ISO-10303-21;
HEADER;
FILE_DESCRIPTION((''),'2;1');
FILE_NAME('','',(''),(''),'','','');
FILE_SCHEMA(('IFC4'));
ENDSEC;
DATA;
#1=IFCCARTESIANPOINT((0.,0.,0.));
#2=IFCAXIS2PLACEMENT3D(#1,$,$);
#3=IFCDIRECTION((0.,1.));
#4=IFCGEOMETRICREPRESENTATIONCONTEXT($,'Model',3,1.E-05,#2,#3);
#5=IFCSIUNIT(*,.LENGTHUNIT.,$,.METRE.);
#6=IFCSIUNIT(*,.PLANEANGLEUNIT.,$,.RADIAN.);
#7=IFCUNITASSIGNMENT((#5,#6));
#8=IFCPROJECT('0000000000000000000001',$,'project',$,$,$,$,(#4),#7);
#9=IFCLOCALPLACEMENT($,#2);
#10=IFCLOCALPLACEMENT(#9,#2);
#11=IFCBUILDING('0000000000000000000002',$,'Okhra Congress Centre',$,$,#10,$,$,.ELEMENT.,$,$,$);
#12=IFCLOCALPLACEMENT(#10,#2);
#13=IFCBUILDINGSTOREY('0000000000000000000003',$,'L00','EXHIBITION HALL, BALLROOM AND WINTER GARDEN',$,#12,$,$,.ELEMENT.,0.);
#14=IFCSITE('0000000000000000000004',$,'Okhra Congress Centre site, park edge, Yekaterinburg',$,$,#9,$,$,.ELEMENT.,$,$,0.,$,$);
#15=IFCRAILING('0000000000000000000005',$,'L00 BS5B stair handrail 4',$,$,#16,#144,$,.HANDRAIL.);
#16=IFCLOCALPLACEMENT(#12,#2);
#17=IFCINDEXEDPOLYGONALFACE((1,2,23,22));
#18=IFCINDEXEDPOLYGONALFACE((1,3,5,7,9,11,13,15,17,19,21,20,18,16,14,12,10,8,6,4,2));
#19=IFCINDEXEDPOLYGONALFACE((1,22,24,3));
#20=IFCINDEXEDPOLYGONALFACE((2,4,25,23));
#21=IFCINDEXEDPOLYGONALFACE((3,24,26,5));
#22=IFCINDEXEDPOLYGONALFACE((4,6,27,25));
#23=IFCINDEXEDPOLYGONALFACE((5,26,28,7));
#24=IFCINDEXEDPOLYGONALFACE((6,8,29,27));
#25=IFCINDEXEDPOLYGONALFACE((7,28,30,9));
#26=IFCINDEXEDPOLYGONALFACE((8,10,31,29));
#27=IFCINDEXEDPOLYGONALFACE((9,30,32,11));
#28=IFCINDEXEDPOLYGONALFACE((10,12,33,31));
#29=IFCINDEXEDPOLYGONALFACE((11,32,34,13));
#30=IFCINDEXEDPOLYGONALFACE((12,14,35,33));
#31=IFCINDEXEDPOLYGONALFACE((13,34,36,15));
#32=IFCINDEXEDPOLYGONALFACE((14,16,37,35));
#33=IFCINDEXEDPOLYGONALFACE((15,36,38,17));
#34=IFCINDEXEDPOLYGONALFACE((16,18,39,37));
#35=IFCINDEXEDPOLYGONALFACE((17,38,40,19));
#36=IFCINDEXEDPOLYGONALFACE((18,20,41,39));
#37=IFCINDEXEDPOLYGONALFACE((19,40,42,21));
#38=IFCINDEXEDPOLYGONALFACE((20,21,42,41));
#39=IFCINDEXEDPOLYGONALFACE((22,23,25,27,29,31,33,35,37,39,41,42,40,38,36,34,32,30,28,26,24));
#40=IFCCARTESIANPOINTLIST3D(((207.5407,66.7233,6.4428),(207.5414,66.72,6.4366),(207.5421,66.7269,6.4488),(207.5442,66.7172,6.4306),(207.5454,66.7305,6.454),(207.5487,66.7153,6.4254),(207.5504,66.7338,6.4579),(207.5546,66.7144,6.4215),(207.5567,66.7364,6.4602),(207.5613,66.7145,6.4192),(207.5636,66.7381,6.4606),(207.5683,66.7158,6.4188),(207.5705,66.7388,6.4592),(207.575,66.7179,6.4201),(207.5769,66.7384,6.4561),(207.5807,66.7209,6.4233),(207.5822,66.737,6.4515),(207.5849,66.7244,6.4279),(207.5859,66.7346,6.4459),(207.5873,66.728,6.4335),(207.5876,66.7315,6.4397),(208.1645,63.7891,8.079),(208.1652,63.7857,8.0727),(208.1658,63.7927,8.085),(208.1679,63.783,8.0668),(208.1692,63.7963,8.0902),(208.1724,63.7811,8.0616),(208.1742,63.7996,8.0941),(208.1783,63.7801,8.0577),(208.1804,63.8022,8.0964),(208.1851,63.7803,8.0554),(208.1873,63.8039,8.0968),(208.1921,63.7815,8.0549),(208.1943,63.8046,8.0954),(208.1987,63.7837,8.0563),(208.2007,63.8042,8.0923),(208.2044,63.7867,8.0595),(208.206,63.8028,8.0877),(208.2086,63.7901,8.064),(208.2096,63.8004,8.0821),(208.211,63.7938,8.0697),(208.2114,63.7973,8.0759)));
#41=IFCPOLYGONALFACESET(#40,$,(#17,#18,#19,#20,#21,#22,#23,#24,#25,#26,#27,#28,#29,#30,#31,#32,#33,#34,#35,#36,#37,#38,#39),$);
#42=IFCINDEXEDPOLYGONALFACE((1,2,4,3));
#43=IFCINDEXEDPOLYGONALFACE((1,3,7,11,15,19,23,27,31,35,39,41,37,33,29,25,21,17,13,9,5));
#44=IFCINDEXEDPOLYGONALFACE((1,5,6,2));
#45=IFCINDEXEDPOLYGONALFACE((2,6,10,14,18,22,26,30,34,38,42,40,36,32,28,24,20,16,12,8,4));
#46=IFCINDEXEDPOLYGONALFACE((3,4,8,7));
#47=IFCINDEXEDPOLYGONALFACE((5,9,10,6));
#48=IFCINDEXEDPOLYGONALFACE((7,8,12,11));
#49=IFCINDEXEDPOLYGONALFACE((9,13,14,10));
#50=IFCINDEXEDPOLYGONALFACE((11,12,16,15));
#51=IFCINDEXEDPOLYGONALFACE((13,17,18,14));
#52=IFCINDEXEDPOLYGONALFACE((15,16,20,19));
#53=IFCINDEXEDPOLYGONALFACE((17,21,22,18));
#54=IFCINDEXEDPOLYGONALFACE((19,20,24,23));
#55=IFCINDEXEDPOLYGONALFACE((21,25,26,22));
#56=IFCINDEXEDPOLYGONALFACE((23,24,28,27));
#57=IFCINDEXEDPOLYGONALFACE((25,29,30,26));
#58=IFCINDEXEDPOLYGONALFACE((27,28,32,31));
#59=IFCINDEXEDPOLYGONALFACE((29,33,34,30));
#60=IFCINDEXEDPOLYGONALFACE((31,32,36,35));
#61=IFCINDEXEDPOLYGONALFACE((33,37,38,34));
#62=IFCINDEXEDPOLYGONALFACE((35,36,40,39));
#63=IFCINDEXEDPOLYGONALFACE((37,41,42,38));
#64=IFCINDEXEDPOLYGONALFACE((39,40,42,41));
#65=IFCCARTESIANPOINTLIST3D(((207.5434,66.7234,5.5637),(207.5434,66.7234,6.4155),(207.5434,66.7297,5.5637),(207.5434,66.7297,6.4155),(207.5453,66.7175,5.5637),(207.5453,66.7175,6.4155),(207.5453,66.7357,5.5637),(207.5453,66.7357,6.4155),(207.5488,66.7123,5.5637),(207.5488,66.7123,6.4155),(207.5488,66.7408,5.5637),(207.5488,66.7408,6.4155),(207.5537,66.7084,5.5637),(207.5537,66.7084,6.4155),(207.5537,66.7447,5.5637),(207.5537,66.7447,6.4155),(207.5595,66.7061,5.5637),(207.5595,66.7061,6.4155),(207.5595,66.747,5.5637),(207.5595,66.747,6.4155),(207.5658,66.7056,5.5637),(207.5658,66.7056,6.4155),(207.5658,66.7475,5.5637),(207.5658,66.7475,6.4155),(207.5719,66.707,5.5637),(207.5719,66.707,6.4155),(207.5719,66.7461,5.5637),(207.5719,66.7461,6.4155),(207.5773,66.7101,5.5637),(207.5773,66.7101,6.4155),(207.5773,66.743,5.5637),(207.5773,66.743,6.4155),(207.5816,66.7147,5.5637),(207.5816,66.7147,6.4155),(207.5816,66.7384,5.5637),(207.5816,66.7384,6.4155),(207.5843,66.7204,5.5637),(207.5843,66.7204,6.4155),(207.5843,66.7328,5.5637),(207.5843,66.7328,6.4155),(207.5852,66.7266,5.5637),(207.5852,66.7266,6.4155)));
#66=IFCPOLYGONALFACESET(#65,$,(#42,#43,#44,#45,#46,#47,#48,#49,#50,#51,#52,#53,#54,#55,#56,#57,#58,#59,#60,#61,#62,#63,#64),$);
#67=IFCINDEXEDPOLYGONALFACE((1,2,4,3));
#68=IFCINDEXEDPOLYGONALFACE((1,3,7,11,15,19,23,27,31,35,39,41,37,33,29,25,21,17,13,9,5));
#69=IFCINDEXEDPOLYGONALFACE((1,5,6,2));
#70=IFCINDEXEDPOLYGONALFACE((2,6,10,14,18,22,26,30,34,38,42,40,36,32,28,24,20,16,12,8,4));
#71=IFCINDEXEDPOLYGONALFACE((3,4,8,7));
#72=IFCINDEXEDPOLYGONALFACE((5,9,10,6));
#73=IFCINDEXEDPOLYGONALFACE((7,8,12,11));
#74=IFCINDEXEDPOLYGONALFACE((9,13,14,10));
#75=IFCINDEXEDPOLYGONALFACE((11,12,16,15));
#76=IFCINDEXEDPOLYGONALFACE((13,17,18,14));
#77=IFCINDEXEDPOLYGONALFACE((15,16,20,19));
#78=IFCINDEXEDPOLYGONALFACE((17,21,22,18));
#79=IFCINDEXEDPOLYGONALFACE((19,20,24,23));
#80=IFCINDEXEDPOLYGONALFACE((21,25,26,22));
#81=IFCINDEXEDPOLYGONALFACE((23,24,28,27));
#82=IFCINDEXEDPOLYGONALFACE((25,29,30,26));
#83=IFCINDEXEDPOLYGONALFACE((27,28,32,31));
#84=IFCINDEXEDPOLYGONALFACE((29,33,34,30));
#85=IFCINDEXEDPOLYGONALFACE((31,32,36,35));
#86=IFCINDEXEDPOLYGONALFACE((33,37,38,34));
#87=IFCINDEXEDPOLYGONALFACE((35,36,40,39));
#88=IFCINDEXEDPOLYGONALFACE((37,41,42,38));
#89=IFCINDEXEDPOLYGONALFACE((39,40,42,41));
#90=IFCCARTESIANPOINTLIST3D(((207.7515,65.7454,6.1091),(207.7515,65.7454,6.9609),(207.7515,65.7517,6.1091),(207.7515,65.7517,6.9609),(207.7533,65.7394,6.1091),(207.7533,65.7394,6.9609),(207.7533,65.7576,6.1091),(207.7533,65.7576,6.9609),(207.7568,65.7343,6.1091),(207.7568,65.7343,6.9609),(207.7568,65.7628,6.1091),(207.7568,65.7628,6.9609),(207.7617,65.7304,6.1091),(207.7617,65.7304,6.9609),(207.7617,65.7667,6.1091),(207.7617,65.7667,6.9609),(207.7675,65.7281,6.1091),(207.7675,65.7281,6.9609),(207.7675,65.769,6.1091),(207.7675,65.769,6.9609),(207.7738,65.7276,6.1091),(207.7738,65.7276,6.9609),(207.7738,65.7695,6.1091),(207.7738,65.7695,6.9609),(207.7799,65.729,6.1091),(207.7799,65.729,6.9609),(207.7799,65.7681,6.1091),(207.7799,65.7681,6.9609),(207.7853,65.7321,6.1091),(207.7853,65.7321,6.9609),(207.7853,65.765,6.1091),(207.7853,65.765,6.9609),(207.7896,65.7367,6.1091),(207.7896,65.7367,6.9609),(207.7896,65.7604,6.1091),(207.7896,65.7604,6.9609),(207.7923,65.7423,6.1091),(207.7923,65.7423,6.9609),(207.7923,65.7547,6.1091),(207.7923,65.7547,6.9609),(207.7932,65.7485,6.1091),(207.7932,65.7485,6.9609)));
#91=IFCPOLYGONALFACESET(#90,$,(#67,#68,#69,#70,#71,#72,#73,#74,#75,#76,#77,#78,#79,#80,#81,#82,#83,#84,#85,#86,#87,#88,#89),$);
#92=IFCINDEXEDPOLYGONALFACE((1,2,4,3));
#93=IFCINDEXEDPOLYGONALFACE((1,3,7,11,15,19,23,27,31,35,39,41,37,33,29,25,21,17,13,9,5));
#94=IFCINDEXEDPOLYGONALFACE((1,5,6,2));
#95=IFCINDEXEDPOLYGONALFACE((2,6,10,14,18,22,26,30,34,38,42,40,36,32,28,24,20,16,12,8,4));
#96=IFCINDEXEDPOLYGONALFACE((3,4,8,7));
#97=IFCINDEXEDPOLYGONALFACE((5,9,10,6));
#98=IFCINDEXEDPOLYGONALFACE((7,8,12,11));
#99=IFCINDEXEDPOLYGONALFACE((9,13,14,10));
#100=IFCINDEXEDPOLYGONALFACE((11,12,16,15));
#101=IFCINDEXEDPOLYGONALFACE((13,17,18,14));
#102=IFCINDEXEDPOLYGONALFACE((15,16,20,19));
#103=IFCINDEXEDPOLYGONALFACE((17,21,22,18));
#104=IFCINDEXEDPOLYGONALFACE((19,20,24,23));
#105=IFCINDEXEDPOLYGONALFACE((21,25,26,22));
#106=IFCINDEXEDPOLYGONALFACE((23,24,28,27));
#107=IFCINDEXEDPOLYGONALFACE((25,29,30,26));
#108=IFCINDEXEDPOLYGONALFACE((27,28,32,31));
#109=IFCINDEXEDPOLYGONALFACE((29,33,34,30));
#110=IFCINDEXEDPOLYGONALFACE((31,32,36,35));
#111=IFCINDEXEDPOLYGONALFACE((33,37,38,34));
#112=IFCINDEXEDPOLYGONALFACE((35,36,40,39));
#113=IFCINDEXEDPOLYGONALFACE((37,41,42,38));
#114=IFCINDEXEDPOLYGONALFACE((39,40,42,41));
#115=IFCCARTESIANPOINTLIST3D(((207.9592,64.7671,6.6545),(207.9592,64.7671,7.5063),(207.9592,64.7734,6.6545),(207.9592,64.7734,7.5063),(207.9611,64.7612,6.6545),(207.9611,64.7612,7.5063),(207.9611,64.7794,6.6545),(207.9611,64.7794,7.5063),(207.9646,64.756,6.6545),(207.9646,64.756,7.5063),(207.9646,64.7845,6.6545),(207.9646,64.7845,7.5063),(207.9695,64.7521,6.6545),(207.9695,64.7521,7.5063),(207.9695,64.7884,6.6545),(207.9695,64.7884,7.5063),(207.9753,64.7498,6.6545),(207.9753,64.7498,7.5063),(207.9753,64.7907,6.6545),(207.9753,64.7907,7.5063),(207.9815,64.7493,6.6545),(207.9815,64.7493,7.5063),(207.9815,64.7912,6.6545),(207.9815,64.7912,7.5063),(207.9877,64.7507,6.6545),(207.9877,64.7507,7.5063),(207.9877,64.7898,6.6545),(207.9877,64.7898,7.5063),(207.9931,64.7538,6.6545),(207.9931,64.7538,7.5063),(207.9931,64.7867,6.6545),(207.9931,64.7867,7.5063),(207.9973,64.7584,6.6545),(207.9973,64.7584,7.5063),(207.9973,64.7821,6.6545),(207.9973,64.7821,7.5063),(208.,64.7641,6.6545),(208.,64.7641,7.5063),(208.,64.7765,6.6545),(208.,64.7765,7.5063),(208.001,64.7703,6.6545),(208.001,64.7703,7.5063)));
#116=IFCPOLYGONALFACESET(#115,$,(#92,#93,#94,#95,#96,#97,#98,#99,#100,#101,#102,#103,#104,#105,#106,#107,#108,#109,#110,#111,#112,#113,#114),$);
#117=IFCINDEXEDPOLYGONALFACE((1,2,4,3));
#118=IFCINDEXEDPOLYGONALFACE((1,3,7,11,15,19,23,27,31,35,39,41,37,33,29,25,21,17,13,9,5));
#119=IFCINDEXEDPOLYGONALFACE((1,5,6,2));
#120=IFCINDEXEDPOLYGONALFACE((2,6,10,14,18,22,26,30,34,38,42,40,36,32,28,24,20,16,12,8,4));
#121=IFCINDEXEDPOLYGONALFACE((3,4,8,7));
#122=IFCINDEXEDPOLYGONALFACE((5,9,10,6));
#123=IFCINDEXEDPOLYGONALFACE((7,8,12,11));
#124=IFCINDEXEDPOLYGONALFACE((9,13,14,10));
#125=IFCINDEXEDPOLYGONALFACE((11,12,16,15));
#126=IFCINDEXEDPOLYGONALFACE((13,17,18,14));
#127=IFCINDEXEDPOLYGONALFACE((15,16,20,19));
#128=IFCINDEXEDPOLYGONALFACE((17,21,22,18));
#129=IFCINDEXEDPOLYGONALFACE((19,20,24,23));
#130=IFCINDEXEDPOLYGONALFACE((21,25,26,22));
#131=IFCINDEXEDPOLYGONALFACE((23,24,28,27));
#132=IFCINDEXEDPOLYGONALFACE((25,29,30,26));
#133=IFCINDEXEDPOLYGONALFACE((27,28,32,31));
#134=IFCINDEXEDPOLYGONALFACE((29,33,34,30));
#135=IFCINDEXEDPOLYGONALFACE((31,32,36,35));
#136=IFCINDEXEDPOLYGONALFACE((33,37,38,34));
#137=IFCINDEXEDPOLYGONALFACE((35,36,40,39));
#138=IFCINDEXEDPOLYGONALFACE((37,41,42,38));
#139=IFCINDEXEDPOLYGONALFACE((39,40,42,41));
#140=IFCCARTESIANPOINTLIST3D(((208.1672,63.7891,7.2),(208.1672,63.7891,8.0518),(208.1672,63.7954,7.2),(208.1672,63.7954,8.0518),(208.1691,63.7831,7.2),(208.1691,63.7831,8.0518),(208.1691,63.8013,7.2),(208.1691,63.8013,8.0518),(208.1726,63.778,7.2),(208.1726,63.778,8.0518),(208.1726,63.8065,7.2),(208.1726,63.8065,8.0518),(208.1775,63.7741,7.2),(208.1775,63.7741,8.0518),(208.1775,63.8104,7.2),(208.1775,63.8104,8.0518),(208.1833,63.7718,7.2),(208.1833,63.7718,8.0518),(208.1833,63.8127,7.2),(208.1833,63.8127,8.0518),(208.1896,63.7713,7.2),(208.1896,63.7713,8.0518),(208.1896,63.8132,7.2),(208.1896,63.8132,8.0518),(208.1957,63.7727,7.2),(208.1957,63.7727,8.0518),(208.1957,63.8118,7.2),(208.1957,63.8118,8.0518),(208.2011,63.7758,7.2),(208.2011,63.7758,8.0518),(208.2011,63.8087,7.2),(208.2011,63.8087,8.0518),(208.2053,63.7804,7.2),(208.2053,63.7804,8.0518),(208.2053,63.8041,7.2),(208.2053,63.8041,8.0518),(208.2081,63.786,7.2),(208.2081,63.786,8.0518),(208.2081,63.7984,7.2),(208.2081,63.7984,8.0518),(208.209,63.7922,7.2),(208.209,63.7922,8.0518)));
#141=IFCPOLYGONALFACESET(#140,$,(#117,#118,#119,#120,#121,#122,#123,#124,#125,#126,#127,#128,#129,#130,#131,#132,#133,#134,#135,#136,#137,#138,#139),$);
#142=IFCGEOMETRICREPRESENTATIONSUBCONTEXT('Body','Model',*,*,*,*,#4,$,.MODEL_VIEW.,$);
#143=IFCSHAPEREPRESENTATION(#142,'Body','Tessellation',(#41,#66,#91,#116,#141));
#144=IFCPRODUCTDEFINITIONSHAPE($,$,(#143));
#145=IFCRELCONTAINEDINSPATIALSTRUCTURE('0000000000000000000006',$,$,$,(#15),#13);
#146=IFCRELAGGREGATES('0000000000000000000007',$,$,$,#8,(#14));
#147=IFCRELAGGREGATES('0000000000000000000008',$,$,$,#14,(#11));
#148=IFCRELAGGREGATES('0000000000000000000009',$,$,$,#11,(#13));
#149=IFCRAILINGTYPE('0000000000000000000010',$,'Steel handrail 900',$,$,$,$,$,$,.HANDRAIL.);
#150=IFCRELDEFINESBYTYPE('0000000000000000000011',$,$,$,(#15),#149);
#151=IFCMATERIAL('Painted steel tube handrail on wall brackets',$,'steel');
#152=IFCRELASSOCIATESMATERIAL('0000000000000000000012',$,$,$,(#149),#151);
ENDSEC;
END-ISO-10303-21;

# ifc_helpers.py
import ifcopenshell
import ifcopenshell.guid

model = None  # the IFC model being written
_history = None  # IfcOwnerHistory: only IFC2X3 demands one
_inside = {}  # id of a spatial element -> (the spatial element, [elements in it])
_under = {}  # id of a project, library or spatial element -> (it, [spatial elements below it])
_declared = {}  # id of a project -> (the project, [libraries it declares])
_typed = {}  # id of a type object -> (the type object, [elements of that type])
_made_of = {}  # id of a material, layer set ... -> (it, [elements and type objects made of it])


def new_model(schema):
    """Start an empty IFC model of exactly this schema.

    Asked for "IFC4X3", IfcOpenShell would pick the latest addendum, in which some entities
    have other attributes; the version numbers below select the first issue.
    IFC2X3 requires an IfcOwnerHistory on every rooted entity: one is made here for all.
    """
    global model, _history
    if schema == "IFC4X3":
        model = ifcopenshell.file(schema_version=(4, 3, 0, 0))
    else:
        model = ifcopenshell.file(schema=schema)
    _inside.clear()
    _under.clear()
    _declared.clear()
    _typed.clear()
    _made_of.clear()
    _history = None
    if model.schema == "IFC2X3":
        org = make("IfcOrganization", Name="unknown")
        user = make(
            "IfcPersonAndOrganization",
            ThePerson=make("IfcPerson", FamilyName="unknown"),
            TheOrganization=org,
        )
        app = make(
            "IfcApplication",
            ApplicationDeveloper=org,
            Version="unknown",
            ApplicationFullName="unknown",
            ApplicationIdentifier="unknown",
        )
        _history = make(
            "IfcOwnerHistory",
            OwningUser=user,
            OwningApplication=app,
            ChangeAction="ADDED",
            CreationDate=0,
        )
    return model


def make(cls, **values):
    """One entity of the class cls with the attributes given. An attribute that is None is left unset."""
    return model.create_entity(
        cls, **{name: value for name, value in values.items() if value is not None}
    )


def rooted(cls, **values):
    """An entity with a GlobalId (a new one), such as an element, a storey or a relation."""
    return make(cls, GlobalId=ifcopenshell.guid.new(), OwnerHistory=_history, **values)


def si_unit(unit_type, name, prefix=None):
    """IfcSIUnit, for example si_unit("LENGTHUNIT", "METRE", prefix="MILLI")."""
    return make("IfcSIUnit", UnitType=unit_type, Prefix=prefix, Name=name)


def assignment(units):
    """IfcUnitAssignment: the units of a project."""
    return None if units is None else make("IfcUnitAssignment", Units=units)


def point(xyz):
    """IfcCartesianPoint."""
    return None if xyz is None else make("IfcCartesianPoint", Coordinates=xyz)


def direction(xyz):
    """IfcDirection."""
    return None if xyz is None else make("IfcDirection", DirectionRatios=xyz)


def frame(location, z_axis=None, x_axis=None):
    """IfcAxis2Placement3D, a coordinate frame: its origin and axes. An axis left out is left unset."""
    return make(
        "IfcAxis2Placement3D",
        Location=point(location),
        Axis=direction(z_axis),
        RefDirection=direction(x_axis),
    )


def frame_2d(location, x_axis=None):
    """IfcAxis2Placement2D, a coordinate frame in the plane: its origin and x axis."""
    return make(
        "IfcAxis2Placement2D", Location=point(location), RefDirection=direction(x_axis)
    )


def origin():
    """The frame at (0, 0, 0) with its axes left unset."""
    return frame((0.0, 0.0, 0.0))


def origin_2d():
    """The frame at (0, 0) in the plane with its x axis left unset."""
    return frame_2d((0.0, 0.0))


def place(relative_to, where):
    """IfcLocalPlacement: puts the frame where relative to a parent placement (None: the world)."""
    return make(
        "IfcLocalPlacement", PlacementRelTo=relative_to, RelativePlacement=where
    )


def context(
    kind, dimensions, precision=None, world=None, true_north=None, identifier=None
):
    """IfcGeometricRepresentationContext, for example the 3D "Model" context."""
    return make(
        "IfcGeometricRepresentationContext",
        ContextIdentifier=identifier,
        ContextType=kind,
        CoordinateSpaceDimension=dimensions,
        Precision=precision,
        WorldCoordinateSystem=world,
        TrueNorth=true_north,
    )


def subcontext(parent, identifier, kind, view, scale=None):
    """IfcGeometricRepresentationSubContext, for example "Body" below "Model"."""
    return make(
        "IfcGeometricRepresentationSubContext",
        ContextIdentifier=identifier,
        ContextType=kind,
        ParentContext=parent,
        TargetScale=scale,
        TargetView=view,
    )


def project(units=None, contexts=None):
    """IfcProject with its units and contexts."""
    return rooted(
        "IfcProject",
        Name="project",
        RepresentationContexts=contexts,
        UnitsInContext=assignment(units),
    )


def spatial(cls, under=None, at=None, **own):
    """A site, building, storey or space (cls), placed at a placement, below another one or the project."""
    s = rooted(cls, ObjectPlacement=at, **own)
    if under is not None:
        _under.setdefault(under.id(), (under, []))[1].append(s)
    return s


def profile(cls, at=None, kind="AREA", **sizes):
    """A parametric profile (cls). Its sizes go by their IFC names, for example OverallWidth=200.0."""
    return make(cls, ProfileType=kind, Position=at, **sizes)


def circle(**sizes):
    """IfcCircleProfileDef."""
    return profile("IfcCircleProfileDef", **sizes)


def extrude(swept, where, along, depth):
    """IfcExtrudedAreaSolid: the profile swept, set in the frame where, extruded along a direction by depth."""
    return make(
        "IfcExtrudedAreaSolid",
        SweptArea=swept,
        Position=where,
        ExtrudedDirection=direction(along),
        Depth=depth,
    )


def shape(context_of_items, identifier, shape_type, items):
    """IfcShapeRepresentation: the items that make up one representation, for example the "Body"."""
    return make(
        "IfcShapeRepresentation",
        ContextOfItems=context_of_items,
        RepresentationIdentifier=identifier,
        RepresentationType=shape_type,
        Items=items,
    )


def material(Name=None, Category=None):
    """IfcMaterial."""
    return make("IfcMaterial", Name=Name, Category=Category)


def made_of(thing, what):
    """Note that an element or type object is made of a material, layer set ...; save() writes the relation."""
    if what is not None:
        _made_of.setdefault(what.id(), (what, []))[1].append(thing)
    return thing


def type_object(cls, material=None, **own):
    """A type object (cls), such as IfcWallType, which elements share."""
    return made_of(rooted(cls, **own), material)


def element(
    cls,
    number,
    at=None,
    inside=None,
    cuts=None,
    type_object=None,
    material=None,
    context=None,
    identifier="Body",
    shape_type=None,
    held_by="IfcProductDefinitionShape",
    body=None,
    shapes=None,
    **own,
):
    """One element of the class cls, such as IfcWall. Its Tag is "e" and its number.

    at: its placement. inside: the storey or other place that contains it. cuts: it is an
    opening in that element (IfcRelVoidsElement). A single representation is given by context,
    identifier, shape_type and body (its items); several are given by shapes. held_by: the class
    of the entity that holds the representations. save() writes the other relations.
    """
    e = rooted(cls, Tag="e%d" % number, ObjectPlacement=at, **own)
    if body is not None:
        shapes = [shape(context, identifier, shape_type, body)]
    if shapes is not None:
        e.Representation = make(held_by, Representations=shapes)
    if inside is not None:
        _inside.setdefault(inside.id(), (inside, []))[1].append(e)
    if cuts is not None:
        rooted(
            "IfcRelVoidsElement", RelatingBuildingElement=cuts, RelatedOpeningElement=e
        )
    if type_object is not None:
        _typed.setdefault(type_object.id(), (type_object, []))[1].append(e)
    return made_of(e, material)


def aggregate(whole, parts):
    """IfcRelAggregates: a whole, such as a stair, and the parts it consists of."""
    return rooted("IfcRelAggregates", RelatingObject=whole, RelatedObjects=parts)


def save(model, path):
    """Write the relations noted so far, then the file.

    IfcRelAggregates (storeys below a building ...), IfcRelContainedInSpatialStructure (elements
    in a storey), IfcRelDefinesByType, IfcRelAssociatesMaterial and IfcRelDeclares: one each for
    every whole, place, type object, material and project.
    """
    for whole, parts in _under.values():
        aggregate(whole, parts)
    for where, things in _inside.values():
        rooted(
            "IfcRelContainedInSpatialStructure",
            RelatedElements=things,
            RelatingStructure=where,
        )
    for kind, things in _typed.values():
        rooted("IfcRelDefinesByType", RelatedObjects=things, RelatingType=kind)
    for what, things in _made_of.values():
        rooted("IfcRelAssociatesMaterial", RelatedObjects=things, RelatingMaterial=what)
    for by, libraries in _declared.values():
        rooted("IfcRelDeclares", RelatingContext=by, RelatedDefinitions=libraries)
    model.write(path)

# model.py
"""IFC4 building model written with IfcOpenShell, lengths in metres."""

from ifc_helpers import new_model, si_unit, direction, frame, origin, origin_2d, place, context, subcontext, project, spatial, circle, extrude, material, type_object, element, save


model = new_model("IFC4")

# Units and contexts
model_context = context("Model", 3, precision=1e-05, world=origin(), true_north=direction((0.0, 1.0)))
body_context = subcontext(model_context, "Body", "Model", "MODEL_VIEW")
ifc_project = project(units=[si_unit("LENGTHUNIT", "METRE"), si_unit("PLANEANGLEUNIT", "RADIAN")], contexts=[model_context])

# Site, building, storey
site_placement = place(None, origin())
site = spatial("IfcSite", under=ifc_project, at=site_placement, Name="Okhra Congress Centre site, park edge, Yekaterinburg", CompositionType="ELEMENT", RefElevation=0.0)
building_placement = place(site_placement, origin())
building = spatial("IfcBuilding", under=site, at=building_placement, Name="Okhra Congress Centre", CompositionType="ELEMENT")
storey_placement = place(building_placement, origin())
storey = spatial("IfcBuildingStorey", under=building, at=storey_placement, Name="L00", Description="EXHIBITION HALL, BALLROOM AND WINTER GARDEN", CompositionType="ELEMENT", Elevation=0.0)

# Railing
ifc_material_1 = material(Name="Painted steel tube handrail on wall brackets", Category="steel")
railing_type_1 = type_object("IfcRailingType", Name="Steel handrail 900", PredefinedType="HANDRAIL", material=ifc_material_1)
railing_1_placement = place(storey_placement, frame((207.5642, 66.7266, 5.5637)))
element("IfcRailing", 1, at=railing_1_placement, inside=storey, type_object=railing_type_1, Name="L00 BS5B stair handrail 4", PredefinedType="HANDRAIL", context=body_context, shape_type="SweptSolid", body=[
    extrude(circle(Radius=0.0239, at=origin_2d()), frame((0.0, 0.0, 0.876), z_axis=(0.182546, -0.858716, 0.478835), x_axis=(0.978143, 0.207934, 0.0)), (0.0, 0.0, 1.0), 3.417),
    extrude(circle(Radius=0.021, at=origin_2d()), origin(), (0.0, 0.0, 1.0), 0.8518),
    extrude(circle(Radius=0.021, at=origin_2d()), frame((0.208, -0.978, 0.5454)), (0.0, 0.0, 1.0), 0.8518),
    extrude(circle(Radius=0.021, at=origin_2d()), frame((0.4158, -1.9563, 1.0908)), (0.0, 0.0, 1.0), 0.8518),
    extrude(circle(Radius=0.021, at=origin_2d()), frame((0.6238, -2.9343, 1.6362)), (0.0, 0.0, 1.0), 0.8518),
])

save(model, "model.ifc")
